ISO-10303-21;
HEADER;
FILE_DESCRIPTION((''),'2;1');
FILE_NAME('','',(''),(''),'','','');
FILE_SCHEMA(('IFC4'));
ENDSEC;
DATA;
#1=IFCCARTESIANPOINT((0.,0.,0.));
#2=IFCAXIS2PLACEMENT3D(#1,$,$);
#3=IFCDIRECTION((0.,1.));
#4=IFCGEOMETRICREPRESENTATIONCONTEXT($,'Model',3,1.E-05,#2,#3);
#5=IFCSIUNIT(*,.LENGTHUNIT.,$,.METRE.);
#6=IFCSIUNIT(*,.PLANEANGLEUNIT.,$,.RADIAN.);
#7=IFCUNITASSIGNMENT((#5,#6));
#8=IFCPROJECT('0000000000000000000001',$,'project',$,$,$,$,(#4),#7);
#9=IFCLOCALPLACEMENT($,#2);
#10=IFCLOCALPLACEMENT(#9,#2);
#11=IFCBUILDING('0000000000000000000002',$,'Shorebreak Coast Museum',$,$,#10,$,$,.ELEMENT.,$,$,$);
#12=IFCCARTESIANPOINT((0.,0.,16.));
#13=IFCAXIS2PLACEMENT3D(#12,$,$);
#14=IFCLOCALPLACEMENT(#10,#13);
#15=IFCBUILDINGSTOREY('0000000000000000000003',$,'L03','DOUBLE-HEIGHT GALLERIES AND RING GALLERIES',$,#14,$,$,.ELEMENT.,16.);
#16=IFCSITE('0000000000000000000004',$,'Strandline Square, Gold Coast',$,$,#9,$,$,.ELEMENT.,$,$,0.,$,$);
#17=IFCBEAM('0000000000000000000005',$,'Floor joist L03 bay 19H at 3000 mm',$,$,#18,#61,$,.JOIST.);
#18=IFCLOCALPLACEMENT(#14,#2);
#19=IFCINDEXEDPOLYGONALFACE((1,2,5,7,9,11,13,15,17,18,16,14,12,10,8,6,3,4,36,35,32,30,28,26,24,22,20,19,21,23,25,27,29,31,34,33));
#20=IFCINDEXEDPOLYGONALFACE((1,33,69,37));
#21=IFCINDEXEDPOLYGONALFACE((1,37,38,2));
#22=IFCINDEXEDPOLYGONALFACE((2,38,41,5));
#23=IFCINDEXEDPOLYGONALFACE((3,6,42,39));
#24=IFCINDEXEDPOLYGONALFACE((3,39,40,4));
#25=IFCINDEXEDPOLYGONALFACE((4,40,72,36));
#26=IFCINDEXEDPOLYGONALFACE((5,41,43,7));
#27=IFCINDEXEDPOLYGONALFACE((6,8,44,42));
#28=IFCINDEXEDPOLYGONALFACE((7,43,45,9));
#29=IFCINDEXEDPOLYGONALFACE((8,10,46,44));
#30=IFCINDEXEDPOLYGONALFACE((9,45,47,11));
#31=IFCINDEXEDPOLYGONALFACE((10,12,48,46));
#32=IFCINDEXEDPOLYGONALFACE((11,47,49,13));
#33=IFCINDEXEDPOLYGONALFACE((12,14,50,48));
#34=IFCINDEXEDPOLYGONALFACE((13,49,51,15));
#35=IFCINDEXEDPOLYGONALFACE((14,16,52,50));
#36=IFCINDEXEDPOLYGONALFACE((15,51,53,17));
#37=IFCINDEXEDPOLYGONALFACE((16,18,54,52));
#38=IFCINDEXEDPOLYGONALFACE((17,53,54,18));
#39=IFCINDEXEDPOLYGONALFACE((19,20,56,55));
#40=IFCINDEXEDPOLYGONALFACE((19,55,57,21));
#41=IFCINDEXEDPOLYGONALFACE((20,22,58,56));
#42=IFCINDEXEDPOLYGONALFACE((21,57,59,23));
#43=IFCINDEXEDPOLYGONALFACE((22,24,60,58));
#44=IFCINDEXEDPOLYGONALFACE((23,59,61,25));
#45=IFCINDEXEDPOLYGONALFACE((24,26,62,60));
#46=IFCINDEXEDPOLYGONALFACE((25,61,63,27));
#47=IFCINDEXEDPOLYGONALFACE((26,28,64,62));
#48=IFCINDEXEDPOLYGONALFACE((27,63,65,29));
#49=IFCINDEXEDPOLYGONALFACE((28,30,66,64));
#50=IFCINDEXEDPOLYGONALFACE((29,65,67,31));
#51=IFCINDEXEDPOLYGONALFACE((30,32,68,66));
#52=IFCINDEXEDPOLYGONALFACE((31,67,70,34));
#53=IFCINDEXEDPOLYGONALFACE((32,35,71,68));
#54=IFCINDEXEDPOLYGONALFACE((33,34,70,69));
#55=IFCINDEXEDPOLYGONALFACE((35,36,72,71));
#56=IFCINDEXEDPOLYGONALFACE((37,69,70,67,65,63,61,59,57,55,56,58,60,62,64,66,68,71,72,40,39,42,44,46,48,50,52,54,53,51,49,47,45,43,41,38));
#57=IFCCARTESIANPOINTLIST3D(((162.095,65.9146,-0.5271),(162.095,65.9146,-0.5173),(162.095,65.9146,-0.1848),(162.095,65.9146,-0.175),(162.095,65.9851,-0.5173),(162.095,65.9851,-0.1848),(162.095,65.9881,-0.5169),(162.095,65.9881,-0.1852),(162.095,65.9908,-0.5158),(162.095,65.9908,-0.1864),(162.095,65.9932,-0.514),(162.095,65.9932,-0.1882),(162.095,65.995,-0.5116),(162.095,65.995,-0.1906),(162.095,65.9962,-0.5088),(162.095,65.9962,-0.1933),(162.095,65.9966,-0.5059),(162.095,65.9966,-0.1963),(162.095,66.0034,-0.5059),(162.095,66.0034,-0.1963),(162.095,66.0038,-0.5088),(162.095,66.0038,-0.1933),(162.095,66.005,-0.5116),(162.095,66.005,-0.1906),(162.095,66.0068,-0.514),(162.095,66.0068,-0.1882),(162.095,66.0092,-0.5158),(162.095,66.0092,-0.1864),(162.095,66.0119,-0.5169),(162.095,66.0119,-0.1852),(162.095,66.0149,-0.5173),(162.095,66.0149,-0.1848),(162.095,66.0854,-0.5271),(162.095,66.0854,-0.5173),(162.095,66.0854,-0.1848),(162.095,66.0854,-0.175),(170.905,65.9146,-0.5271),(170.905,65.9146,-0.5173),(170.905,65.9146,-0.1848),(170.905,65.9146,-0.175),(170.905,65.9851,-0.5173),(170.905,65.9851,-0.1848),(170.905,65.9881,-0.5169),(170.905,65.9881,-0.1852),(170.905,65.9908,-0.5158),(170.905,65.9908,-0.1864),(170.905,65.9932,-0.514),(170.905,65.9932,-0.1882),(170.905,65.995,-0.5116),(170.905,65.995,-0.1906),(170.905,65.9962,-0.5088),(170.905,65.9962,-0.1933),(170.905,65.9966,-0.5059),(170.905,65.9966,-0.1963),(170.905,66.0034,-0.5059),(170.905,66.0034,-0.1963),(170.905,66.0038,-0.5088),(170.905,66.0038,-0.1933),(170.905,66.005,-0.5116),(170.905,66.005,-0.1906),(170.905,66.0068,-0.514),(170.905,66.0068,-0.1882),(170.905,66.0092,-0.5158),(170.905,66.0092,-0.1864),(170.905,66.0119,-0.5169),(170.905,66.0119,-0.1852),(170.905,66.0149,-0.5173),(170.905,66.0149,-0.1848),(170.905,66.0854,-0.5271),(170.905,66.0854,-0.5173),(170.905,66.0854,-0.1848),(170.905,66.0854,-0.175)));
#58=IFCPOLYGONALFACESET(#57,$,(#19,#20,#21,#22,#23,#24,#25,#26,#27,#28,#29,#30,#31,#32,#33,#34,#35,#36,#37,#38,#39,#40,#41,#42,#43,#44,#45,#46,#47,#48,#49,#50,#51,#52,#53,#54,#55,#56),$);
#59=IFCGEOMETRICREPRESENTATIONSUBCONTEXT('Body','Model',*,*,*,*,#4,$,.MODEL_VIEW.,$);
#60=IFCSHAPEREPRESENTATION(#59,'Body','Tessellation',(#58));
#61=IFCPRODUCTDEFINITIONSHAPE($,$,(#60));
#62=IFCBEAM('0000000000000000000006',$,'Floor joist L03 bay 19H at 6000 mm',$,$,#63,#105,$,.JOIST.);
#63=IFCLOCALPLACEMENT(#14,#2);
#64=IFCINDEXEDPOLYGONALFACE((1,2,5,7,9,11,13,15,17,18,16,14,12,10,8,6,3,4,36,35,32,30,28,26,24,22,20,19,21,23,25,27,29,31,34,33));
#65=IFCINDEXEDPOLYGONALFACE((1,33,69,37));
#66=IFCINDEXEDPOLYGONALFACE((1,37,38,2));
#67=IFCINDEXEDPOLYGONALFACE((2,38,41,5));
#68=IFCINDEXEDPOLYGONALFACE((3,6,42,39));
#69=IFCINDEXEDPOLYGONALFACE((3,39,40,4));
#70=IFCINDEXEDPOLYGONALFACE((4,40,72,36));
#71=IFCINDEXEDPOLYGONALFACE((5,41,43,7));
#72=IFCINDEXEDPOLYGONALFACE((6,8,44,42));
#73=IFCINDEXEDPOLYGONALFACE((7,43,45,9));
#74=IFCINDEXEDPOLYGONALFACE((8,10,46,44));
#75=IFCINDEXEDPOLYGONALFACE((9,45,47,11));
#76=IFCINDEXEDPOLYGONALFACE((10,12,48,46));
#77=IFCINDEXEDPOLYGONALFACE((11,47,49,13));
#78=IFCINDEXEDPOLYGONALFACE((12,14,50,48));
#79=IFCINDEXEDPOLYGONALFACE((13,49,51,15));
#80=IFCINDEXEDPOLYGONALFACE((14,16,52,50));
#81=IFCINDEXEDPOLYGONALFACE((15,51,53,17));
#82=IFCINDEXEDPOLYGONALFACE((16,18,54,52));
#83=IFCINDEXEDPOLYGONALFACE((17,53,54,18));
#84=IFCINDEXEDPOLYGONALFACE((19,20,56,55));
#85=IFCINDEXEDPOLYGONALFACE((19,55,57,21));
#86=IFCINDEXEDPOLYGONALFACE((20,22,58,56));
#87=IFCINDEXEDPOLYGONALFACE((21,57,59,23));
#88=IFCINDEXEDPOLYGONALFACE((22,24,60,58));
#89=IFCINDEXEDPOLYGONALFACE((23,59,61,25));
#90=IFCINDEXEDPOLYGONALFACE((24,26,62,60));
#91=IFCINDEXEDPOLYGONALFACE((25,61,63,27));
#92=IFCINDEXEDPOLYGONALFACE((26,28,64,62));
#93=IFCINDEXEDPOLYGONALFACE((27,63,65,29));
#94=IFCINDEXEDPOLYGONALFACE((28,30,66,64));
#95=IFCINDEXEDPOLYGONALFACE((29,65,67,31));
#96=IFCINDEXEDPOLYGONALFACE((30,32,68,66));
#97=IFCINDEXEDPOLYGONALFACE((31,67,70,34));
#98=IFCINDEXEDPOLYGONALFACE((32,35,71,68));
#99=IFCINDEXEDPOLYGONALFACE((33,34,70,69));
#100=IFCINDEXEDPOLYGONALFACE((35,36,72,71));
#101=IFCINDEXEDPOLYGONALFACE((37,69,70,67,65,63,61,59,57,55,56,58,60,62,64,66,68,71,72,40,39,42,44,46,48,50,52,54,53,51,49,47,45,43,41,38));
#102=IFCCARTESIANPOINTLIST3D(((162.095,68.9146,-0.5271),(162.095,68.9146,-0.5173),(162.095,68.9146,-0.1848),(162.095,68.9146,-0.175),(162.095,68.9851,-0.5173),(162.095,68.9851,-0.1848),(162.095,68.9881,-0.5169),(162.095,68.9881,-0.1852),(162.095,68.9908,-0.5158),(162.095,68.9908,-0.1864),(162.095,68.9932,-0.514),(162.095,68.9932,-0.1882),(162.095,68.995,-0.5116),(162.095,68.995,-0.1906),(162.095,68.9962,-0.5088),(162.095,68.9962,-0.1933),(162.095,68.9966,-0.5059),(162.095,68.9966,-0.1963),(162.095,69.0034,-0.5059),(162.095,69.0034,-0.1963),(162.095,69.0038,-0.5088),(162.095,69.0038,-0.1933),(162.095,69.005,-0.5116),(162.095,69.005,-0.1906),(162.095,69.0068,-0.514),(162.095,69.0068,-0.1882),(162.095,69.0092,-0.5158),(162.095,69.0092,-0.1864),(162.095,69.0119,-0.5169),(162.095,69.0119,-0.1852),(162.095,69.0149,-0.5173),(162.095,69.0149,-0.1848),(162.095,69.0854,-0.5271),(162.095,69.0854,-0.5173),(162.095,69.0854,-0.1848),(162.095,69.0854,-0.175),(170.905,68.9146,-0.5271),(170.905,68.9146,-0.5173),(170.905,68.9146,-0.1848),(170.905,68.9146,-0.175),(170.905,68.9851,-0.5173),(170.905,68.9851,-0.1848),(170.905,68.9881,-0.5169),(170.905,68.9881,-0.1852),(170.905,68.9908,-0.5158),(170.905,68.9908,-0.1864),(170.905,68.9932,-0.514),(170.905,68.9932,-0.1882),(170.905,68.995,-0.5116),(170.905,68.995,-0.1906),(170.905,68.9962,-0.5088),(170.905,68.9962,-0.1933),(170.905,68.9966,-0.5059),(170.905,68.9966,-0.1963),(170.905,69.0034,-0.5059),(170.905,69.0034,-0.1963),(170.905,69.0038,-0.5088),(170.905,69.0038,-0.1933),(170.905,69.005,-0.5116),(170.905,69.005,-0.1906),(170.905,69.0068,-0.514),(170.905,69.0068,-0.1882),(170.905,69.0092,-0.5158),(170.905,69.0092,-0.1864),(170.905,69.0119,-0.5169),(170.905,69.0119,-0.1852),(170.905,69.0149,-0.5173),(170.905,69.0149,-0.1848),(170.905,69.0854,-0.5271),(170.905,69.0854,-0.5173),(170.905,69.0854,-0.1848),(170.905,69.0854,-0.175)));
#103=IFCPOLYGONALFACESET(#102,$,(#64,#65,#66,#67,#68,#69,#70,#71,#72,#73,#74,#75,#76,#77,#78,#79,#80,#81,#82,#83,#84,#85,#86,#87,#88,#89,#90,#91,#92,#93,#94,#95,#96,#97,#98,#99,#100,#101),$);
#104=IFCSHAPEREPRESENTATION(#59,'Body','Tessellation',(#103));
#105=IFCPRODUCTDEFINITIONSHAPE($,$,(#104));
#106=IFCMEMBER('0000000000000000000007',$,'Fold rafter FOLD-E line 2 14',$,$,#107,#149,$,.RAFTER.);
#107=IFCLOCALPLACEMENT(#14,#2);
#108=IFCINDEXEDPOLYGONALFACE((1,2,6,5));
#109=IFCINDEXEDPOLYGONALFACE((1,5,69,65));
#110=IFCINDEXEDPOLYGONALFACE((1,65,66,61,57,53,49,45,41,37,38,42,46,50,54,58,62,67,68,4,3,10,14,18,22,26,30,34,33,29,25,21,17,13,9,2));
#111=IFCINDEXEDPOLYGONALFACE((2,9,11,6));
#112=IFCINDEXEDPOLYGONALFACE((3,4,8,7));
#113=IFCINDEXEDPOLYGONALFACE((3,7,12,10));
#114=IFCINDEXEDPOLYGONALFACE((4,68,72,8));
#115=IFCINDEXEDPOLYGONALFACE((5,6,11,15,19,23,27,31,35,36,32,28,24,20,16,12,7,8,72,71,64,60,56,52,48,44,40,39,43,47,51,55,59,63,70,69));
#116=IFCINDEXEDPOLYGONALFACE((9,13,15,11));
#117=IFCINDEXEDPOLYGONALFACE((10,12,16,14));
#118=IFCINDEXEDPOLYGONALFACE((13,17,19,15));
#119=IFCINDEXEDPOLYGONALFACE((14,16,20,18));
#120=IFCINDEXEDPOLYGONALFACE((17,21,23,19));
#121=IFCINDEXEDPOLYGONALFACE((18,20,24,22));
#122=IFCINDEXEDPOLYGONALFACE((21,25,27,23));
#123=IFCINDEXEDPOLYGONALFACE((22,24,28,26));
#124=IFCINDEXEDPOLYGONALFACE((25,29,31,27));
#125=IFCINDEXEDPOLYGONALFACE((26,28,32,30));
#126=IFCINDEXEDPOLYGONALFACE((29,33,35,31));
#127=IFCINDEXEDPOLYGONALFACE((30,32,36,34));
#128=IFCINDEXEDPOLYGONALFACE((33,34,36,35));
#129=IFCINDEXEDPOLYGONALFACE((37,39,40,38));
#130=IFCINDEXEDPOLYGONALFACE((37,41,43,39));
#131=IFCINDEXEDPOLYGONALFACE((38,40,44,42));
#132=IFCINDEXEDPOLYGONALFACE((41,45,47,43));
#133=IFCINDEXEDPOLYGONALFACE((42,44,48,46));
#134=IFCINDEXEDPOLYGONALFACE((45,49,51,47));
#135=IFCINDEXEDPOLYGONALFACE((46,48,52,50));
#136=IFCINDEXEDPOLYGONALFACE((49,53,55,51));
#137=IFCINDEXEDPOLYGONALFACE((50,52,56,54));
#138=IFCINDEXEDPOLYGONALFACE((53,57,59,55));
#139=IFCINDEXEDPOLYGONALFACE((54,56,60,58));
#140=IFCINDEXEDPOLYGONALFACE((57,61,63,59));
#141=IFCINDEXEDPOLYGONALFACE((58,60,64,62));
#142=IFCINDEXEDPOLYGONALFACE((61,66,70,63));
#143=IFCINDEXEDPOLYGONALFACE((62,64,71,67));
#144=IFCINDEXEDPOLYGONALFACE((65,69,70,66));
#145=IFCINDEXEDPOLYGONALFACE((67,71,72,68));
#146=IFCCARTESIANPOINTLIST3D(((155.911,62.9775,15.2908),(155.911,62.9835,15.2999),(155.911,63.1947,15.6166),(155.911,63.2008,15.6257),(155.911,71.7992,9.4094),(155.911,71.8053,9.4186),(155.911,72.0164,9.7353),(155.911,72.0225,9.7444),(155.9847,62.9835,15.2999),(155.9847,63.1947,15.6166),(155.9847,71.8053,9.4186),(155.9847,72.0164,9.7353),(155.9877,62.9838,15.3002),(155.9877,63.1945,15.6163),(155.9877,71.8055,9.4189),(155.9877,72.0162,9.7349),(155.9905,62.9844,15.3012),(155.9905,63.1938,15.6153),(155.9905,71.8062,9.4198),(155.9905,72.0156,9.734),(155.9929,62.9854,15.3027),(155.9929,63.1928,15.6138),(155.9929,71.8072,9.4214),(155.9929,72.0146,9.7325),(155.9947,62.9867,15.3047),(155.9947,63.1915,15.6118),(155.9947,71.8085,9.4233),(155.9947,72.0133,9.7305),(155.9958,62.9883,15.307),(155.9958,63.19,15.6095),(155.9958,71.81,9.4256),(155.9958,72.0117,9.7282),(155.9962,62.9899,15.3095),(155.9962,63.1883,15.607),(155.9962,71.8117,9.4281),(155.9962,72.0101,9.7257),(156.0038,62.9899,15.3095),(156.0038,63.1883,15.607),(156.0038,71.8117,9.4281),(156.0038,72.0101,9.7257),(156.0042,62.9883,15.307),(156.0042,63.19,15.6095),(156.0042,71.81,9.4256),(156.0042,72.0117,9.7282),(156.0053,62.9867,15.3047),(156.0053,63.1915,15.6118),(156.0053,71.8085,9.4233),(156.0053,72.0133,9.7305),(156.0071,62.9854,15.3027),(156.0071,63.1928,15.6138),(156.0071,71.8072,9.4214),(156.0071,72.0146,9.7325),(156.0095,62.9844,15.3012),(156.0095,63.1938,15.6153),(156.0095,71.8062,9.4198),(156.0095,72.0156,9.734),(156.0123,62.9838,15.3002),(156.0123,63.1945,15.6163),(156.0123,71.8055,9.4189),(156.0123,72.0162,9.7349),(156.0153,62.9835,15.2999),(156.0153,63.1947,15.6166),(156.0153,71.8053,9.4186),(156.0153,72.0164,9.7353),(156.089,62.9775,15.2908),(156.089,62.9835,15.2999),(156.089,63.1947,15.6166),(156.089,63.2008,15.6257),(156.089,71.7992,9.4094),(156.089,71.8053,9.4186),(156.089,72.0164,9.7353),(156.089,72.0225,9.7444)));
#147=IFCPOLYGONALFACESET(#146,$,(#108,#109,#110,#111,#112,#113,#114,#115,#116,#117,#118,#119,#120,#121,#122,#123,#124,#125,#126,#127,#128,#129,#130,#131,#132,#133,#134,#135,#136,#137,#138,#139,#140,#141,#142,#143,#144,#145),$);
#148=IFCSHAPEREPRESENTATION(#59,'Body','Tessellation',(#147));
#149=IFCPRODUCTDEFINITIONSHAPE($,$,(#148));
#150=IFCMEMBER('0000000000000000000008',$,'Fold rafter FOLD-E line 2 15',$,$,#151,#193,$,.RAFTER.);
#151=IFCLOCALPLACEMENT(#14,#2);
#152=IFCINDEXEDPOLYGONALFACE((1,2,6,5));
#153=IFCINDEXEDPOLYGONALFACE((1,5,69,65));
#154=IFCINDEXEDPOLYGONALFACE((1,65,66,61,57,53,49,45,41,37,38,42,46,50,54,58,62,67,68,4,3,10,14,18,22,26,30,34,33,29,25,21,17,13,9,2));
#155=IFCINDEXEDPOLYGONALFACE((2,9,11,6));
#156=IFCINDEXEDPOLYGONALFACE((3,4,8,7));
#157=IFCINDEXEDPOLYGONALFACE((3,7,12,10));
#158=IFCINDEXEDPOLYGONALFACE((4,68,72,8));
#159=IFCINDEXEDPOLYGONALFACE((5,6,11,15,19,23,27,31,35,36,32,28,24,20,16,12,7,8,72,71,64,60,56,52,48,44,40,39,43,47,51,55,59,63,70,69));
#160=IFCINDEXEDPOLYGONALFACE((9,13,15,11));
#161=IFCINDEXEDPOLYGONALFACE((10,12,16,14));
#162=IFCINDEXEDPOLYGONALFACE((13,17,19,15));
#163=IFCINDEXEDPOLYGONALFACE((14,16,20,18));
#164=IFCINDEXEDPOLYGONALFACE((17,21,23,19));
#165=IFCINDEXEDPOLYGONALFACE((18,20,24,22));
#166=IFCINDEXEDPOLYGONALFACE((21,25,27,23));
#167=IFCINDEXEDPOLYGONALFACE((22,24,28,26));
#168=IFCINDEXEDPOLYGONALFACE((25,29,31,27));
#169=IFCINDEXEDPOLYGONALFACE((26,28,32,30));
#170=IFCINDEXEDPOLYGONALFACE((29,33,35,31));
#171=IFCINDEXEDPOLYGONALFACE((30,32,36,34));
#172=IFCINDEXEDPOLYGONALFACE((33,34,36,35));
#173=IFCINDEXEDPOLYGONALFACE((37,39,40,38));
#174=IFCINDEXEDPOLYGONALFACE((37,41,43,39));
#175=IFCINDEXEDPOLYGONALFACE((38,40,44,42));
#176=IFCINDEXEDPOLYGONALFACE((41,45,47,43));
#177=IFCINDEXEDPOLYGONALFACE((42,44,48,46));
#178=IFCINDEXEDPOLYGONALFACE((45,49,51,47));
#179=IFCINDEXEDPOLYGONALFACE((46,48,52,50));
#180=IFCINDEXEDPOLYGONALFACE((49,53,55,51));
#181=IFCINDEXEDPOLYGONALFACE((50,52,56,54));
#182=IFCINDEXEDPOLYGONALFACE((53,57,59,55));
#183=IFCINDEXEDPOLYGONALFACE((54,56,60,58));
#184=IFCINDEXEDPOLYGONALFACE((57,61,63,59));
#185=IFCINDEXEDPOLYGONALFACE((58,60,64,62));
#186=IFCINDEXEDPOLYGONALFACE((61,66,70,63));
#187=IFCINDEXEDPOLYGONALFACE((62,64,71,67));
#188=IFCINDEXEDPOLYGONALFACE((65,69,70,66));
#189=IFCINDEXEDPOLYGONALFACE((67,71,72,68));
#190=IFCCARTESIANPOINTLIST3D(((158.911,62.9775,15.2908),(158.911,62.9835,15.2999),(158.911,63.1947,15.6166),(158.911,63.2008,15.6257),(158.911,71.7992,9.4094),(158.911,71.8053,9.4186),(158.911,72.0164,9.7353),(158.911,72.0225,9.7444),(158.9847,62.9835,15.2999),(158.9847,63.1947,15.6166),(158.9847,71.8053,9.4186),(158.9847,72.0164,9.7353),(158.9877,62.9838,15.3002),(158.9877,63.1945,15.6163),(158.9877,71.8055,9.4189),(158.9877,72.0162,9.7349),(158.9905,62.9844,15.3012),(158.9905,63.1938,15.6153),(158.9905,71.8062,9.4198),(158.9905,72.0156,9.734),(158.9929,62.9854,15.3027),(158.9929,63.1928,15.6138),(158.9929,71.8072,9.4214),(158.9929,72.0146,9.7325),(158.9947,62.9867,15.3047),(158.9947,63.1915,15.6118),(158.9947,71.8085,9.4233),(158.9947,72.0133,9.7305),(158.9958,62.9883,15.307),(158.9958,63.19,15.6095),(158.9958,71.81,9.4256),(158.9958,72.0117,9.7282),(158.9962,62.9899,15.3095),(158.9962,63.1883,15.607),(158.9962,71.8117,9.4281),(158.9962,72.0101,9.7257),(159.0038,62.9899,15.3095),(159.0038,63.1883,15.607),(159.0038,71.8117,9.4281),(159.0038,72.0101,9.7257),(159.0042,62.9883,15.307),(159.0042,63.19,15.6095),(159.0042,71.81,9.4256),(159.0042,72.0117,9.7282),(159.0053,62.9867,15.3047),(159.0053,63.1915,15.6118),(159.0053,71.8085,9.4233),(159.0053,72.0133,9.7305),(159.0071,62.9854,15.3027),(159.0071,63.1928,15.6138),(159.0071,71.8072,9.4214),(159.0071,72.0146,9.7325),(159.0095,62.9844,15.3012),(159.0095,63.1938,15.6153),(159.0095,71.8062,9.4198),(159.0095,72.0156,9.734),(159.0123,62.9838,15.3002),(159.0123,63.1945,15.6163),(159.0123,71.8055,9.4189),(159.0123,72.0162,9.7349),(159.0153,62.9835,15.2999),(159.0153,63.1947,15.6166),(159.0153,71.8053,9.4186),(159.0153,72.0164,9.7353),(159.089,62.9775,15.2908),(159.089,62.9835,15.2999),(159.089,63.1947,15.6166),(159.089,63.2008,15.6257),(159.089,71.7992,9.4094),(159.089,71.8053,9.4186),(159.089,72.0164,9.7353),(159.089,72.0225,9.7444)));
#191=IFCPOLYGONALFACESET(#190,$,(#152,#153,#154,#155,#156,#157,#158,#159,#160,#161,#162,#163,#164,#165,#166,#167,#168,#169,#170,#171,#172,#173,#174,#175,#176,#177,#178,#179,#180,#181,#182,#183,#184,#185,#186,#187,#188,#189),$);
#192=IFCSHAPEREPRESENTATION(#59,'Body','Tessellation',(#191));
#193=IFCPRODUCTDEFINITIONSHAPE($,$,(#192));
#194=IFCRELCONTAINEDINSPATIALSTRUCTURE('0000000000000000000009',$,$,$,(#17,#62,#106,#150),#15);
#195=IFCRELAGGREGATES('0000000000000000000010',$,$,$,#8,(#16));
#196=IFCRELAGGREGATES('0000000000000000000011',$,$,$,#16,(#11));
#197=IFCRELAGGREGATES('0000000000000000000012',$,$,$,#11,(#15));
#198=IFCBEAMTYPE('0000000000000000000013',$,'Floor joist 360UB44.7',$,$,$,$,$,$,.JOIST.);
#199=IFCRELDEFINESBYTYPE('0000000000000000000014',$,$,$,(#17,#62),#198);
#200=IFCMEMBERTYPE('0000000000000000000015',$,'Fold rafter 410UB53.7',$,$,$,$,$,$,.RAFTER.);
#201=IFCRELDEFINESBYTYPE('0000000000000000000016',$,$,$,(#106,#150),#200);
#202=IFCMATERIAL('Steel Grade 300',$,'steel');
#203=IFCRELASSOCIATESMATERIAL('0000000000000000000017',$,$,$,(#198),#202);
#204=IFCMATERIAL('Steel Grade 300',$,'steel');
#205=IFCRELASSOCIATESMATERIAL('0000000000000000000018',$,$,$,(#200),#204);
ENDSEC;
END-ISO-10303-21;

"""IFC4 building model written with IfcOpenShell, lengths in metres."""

from ifc_helpers import new_model, si_unit, direction, frame, origin, origin_2d, place, context, subcontext, project, spatial, i_section, extrude, material, material_profile, profile_set, type_object, element, save


model = new_model("IFC4")

# Units and contexts
model_context = context("Model", 3, precision=1e-05, world=origin(), true_north=direction((0.0, 1.0)))
body_context = subcontext(model_context, "Body", "Model", "MODEL_VIEW")
ifc_project = project(units=[si_unit("LENGTHUNIT", "METRE"), si_unit("PLANEANGLEUNIT", "RADIAN")], contexts=[model_context])

# Site, building, storey
site_placement = place(None, origin())
site = spatial("IfcSite", under=ifc_project, at=site_placement, Name="Strandline Square, Gold Coast", CompositionType="ELEMENT", RefElevation=0.0)
building_placement = place(site_placement, origin())
building = spatial("IfcBuilding", under=site, at=building_placement, Name="Shorebreak Coast Museum", CompositionType="ELEMENT")
storey_placement = place(building_placement, frame((0.0, 0.0, 16.0)))
storey = spatial("IfcBuildingStorey", under=building, at=storey_placement, Name="L03", Description="DOUBLE-HEIGHT GALLERIES AND RING GALLERIES", CompositionType="ELEMENT", Elevation=16.0)

# Beams
ifc_material_1 = material(Name="Steel Grade 300", Category="steel")
ifc_material_profile_1 = material_profile(ifc_material_1, i_section(OverallWidth=0.1709, OverallDepth=0.3521, WebThickness=0.0068, FlangeThickness=0.0098, FilletRadius=0.0115, at=origin_2d()), Name="360UB44.7")
ifc_profile_set_1 = profile_set([ifc_material_profile_1], Name="Steel Grade 300")
beam_type_1 = type_object("IfcBeamType", Name="Floor joist 360UB44.7", PredefinedType="JOIST", material=ifc_profile_set_1)
for number, where, z_axis, x_axis, name in (
    (1, (162.095, 66.0, -0.3511), (1.0, 0.0, 0.0), (0.0, 1.0, 0.0), "Floor joist L03 bay 19H at 3000 mm"),
    (2, (162.095, 69.0, -0.3511), (1.0, 0.0, 0.0), (0.0, 1.0, 0.0), "Floor joist L03 bay 19H at 6000 mm"),
):
    element("IfcBeam", number, at=place(storey_placement, frame(where, z_axis=z_axis, x_axis=x_axis)), inside=storey, type_object=beam_type_1, Name=name, PredefinedType="JOIST", context=body_context, shape_type="SweptSolid", body=[
        extrude(i_section(OverallWidth=0.1709, OverallDepth=0.3521, WebThickness=0.0068, FlangeThickness=0.0098, FilletRadius=0.0115, at=origin_2d()), origin(), (0.0, 0.0, 1.0), 8.8101),
    ])

# Members
ifc_material_2 = material(Name="Steel Grade 300", Category="steel")
ifc_material_profile_2 = material_profile(ifc_material_2, i_section(OverallWidth=0.178, OverallDepth=0.4026, WebThickness=0.0076, FlangeThickness=0.011, FilletRadius=0.0115, at=origin_2d()), Name="410UB53.7")
ifc_profile_set_2 = profile_set([ifc_material_profile_2], Name="Steel Grade 300")
member_type_1 = type_object("IfcMemberType", Name="Fold rafter 410UB53.7", PredefinedType="RAFTER", material=ifc_profile_set_2)
for number, where, z_axis, x_axis, name in (
    (3, (156.0, 63.0891, 15.4583), (0.0, 0.832043, -0.554711), (-1.0, 0.0, 0.0), "Fold rafter FOLD-E line 2 14"),
    (4, (159.0, 63.0891, 15.4583), (0.0, 0.832043, -0.554711), (-1.0, 0.0, 0.0), "Fold rafter FOLD-E line 2 15"),
):
    element("IfcMember", number, at=place(storey_placement, frame(where, z_axis=z_axis, x_axis=x_axis)), inside=storey, type_object=member_type_1, Name=name, PredefinedType="RAFTER", context=body_context, shape_type="SweptSolid", body=[
        extrude(i_section(OverallWidth=0.178, OverallDepth=0.4026, WebThickness=0.0076, FlangeThickness=0.011, FilletRadius=0.0115, at=origin_2d()), origin(), (0.0, 0.0, 1.0), 10.6025),
    ])

save(model, "model.ifc")
